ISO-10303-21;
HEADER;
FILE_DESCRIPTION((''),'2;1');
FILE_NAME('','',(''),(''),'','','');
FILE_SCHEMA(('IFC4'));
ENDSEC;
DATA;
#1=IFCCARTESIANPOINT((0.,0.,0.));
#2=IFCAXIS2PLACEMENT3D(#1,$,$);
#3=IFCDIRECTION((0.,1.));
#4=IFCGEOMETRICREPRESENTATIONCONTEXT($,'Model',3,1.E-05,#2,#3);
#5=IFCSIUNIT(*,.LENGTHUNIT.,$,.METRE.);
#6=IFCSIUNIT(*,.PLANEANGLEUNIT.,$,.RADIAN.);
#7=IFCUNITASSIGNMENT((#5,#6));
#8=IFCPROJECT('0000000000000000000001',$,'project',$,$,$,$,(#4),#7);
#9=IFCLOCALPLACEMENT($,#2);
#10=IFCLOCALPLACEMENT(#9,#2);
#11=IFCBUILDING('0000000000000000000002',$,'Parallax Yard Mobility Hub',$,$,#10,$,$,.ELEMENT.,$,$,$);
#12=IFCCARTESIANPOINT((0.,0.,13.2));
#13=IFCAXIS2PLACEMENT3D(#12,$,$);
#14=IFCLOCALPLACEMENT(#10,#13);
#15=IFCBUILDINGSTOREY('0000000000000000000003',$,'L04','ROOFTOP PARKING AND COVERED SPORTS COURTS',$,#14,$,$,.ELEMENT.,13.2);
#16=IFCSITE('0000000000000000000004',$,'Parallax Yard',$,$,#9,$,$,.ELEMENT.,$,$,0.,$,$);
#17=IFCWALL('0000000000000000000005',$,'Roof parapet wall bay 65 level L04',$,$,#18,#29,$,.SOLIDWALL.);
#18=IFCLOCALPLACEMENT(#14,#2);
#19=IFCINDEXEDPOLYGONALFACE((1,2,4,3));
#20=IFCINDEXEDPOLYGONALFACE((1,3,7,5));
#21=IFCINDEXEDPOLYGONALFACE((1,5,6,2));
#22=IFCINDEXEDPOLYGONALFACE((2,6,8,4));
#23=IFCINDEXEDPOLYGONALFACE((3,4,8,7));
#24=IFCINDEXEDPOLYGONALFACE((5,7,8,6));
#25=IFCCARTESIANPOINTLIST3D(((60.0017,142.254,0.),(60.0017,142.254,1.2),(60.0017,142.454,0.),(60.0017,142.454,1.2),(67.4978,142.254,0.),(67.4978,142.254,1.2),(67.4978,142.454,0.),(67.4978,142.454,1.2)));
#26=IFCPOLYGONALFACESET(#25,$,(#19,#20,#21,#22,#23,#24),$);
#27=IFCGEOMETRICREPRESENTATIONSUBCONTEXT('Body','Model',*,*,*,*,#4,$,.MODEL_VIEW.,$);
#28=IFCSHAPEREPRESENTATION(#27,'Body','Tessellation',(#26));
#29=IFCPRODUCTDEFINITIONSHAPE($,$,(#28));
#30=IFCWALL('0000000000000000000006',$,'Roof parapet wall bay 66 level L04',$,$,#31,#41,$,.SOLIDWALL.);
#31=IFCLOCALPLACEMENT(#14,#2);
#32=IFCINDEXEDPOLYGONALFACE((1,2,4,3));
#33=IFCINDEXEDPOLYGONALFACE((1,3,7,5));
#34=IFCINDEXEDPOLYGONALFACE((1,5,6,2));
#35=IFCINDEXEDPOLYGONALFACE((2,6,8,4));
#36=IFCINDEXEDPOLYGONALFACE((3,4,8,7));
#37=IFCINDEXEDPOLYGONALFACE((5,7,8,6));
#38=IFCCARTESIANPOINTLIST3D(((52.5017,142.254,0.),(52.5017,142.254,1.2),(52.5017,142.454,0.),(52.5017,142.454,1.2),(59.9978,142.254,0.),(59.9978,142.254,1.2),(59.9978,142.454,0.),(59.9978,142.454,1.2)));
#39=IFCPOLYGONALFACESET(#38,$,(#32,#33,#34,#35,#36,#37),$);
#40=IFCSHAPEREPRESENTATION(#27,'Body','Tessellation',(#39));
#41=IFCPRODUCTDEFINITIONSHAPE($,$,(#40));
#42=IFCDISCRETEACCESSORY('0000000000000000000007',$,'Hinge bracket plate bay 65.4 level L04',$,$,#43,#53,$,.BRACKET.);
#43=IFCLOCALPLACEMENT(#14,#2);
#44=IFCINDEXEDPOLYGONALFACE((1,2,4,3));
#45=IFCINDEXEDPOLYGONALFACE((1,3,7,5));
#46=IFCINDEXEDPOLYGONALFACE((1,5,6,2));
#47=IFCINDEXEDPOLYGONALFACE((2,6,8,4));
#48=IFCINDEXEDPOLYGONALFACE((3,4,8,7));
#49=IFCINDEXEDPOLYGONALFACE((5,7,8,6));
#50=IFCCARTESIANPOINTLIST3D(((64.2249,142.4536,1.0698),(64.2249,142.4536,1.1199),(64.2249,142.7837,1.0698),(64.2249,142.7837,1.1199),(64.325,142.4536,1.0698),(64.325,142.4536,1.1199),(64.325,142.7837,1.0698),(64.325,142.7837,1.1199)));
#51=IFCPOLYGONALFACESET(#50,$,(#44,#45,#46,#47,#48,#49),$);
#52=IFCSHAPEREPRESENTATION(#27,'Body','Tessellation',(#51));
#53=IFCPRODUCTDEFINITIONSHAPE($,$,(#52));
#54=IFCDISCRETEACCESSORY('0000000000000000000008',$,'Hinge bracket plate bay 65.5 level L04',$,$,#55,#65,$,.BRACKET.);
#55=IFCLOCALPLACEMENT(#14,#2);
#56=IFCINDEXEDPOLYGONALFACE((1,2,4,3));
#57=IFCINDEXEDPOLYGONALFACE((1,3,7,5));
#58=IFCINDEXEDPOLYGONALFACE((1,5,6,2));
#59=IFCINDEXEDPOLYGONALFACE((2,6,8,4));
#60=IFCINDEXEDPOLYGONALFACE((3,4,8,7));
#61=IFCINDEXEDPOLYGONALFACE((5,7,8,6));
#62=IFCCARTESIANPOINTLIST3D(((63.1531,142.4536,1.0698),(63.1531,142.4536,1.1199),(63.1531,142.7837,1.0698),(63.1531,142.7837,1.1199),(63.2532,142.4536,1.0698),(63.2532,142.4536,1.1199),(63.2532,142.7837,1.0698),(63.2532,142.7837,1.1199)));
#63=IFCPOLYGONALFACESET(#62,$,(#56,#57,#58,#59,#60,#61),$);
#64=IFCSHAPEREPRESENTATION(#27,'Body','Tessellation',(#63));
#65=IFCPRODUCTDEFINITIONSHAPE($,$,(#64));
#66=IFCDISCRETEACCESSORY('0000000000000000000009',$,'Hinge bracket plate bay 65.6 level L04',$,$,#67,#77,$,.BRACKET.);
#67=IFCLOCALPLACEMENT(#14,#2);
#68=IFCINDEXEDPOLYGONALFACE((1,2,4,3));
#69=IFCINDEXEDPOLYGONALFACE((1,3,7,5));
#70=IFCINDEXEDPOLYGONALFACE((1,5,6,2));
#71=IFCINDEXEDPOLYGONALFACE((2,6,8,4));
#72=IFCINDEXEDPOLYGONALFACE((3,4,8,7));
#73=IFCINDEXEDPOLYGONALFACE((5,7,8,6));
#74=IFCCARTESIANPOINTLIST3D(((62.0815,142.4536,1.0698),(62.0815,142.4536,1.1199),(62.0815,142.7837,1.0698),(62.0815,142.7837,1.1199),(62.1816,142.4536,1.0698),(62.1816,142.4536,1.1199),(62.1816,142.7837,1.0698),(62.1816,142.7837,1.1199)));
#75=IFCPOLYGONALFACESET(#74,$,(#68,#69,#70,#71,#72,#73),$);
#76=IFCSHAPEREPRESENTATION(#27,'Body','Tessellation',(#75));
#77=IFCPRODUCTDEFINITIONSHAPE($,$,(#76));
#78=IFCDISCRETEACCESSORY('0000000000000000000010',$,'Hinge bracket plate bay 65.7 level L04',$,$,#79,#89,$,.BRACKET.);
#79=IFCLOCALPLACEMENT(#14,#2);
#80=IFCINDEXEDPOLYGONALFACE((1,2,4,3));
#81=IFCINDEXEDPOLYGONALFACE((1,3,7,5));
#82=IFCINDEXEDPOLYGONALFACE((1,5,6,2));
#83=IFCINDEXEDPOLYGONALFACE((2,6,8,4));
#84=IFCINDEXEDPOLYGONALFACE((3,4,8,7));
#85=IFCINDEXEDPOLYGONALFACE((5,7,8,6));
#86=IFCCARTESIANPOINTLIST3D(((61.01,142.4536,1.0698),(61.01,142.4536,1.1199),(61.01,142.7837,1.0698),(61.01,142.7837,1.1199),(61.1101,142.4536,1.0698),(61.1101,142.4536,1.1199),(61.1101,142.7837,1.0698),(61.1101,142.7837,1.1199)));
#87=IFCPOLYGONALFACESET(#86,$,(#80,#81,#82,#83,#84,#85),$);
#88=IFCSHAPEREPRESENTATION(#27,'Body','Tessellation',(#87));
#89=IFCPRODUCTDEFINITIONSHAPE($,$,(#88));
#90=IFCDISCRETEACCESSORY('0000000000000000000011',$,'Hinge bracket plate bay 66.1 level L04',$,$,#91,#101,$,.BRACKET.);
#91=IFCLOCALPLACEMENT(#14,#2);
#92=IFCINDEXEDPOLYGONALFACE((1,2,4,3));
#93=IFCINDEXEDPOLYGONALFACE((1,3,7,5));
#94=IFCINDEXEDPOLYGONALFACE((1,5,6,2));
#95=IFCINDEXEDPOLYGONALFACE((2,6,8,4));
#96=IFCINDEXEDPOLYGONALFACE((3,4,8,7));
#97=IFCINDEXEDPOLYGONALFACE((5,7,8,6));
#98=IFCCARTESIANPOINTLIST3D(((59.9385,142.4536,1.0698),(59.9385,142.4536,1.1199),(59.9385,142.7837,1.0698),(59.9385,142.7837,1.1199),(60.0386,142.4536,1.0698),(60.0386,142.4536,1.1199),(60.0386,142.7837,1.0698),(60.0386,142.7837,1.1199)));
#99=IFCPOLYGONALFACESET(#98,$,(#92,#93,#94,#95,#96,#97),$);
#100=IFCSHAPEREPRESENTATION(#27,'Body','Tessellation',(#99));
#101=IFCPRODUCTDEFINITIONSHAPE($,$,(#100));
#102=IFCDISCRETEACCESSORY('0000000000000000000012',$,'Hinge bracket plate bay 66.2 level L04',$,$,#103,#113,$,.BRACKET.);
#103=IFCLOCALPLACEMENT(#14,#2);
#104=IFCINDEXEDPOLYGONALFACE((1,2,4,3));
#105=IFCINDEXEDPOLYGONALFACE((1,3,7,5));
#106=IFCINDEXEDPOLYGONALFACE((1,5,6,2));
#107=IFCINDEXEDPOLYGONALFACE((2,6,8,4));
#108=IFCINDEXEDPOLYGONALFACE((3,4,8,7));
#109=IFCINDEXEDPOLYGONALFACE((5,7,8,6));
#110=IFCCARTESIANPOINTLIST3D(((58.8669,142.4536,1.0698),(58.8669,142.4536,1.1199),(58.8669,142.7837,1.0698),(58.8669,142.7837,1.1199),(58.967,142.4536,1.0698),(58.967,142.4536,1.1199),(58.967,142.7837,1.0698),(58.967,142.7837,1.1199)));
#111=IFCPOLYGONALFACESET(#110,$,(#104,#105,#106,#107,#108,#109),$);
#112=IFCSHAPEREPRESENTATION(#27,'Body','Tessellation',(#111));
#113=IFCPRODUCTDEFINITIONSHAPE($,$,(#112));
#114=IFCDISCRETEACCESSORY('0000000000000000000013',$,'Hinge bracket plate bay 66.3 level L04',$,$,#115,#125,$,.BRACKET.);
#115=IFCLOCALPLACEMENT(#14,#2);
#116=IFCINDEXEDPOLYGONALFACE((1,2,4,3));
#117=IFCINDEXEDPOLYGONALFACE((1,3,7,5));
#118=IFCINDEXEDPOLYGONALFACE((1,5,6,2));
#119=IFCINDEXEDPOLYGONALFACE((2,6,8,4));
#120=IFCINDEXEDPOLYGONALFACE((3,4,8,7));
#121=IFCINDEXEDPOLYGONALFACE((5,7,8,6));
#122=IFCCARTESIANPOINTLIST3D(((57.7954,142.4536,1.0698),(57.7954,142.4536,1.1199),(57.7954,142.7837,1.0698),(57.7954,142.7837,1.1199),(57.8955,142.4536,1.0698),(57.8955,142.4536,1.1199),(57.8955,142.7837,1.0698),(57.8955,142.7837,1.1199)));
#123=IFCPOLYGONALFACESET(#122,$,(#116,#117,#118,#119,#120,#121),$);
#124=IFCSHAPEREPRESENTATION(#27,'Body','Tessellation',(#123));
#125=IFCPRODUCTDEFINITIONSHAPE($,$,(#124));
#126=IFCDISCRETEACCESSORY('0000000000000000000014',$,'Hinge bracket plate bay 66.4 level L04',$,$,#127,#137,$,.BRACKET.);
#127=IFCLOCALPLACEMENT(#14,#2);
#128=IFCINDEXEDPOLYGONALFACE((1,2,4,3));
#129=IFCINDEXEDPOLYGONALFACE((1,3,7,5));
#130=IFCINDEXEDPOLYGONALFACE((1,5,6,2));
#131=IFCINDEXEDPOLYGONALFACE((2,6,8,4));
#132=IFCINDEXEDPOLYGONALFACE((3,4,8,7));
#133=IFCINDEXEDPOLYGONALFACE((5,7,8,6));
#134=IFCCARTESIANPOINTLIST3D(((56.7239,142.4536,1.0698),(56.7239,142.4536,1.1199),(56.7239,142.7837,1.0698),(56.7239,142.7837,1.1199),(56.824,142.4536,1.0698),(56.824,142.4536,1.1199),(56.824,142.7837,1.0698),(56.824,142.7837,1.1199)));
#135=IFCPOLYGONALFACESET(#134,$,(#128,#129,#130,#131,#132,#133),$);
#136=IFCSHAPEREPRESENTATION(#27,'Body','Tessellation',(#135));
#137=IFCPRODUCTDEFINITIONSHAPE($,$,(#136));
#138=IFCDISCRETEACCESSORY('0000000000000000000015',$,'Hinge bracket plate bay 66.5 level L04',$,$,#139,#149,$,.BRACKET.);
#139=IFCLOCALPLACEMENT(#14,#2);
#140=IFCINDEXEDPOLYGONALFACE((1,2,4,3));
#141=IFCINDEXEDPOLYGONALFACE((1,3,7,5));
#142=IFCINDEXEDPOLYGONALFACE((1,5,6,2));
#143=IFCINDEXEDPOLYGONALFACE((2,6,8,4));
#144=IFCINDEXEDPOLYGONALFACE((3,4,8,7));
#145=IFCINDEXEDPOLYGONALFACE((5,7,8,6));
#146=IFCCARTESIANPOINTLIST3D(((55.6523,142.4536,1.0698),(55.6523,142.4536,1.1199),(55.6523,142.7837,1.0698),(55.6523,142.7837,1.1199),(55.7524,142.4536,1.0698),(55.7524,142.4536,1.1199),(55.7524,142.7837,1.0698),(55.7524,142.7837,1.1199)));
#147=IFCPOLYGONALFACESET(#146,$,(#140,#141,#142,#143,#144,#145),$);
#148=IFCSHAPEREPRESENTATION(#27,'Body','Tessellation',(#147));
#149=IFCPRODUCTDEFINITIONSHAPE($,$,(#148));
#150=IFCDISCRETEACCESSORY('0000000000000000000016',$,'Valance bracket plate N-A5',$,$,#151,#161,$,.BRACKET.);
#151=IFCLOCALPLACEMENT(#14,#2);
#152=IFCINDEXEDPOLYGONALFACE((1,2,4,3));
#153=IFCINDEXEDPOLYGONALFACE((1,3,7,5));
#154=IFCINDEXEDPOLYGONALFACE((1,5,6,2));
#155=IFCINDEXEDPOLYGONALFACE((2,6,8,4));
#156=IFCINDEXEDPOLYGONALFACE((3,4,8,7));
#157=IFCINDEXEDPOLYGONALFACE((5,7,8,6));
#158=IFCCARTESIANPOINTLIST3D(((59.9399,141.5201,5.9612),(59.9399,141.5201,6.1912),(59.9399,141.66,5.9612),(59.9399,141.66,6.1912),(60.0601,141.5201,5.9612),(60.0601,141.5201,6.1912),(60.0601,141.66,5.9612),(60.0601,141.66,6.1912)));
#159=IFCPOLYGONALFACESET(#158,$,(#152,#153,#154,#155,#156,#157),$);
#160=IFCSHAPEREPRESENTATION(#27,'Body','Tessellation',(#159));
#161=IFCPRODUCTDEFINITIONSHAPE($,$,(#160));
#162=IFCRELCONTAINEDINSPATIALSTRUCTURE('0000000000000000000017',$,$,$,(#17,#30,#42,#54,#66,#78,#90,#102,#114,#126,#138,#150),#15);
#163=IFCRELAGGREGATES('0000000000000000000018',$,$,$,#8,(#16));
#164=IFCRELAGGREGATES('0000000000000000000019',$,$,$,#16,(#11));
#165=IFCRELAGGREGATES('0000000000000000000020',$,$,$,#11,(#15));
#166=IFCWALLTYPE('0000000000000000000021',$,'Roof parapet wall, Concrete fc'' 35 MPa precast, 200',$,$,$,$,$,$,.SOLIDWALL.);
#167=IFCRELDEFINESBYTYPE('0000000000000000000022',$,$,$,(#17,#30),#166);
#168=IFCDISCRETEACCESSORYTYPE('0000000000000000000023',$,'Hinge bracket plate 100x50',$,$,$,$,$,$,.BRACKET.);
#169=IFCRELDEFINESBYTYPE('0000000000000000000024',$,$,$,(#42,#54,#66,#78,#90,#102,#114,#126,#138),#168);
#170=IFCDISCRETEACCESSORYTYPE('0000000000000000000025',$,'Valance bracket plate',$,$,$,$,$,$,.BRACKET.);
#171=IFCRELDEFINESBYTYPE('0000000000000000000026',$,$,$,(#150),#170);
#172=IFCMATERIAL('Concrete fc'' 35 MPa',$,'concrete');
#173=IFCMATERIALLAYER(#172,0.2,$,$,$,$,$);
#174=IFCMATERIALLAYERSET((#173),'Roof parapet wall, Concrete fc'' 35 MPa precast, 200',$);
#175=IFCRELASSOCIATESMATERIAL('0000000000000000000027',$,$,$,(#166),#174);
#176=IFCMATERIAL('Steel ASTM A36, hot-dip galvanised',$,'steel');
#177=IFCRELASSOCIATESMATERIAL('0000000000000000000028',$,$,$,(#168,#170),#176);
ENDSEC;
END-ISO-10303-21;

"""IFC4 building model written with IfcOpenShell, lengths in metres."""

from ifc_helpers import new_model, si_unit, direction, frame, frame_2d, origin, origin_2d, place, context, subcontext, project, spatial, rectangle, extrude, material, layer, layer_set, type_object, element, save


model = new_model("IFC4")

# Units and contexts
model_context = context("Model", 3, precision=1e-05, world=origin(), true_north=direction((0.0, 1.0)))
body_context = subcontext(model_context, "Body", "Model", "MODEL_VIEW")
ifc_project = project(units=[si_unit("LENGTHUNIT", "METRE"), si_unit("PLANEANGLEUNIT", "RADIAN")], contexts=[model_context])

# Site, building, storey
site_placement = place(None, origin())
site = spatial("IfcSite", under=ifc_project, at=site_placement, Name="Parallax Yard", CompositionType="ELEMENT", RefElevation=0.0)
building_placement = place(site_placement, origin())
building = spatial("IfcBuilding", under=site, at=building_placement, Name="Parallax Yard Mobility Hub", CompositionType="ELEMENT")
storey_placement = place(building_placement, frame((0.0, 0.0, 13.2)))
storey = spatial("IfcBuildingStorey", under=building, at=storey_placement, Name="L04", Description="ROOFTOP PARKING AND COVERED SPORTS COURTS", CompositionType="ELEMENT", Elevation=13.2)

# Shared definitions
ifc_material_1 = material(Name="Concrete fc' 35 MPa", Category="concrete")

# Walls
ifc_layer_1 = layer(ifc_material_1, 0.2)
ifc_layer_set_1 = layer_set([ifc_layer_1], Name="Roof parapet wall, Concrete fc' 35 MPa precast, 200")
wall_type_1 = type_object("IfcWallType", Name="Roof parapet wall, Concrete fc' 35 MPa precast, 200", PredefinedType="SOLIDWALL", material=ifc_layer_set_1)
for number, where, z_axis, x_axis, name in (
    (1, (67.4978, 142.354, 0.0), (0.0, 0.0, 1.0), (-1.0, 0.0, 0.0), "Roof parapet wall bay 65 level L04"),
    (2, (59.9978, 142.354, 0.0), (0.0, 0.0, 1.0), (-1.0, 0.0, 0.0), "Roof parapet wall bay 66 level L04"),
):
    element("IfcWall", number, at=place(storey_placement, frame(where, z_axis=z_axis, x_axis=x_axis)), inside=storey, type_object=wall_type_1, Name=name, PredefinedType="SOLIDWALL", context=body_context, shape_type="SweptSolid", body=[
        extrude(rectangle(XDim=7.4961, YDim=0.2, at=frame_2d((3.748, 0.0))), origin(), (0.0, 0.0, 1.0), 1.2),
    ])

# Discrete accessories
ifc_material_2 = material(Name="Steel ASTM A36, hot-dip galvanised", Category="steel")
discrete_accessory_type_1 = type_object("IfcDiscreteAccessoryType", Name="Hinge bracket plate 100x50", PredefinedType="BRACKET", material=ifc_material_2)
for number, where, z_axis, x_axis, name in (
    (3, (64.2749, 142.6187, 1.0698), (0.0, 0.0, 1.0), (0.0, 1.0, 0.0), "Hinge bracket plate bay 65.4 level L04"),
    (4, (63.2031, 142.6187, 1.0698), (0.0, 0.0, 1.0), (0.0, 1.0, 0.0), "Hinge bracket plate bay 65.5 level L04"),
    (5, (62.1316, 142.6187, 1.0698), (0.0, 0.0, 1.0), (0.0, 1.0, 0.0), "Hinge bracket plate bay 65.6 level L04"),
    (6, (61.0601, 142.6187, 1.0698), (0.0, 0.0, 1.0), (0.0, 1.0, 0.0), "Hinge bracket plate bay 65.7 level L04"),
    (7, (59.9885, 142.6187, 1.0698), (0.0, 0.0, 1.0), (0.0, 1.0, 0.0), "Hinge bracket plate bay 66.1 level L04"),
    (8, (58.917, 142.6187, 1.0698), (0.0, 0.0, 1.0), (0.0, 1.0, 0.0), "Hinge bracket plate bay 66.2 level L04"),
    (9, (57.8455, 142.6187, 1.0698), (0.0, 0.0, 1.0), (0.0, 1.0, 0.0), "Hinge bracket plate bay 66.3 level L04"),
    (10, (56.7739, 142.6187, 1.0698), (0.0, 0.0, 1.0), (0.0, 1.0, 0.0), "Hinge bracket plate bay 66.4 level L04"),
    (11, (55.7024, 142.6187, 1.0698), (0.0, 0.0, 1.0), (0.0, 1.0, 0.0), "Hinge bracket plate bay 66.5 level L04"),
):
    element("IfcDiscreteAccessory", number, at=place(storey_placement, frame(where, z_axis=z_axis, x_axis=x_axis)), inside=storey, type_object=discrete_accessory_type_1, Name=name, PredefinedType="BRACKET", context=body_context, shape_type="SweptSolid", body=[
        extrude(rectangle(XDim=0.3301, YDim=0.1001, at=origin_2d()), origin(), (0.0, 0.0, 1.0), 0.05),
    ])
discrete_accessory_type_2 = type_object("IfcDiscreteAccessoryType", Name="Valance bracket plate", PredefinedType="BRACKET", material=ifc_material_2)
discrete_accessory_placement = place(storey_placement, frame((60.0, 141.5901, 5.9612), z_axis=(0.0, 0.0, 1.0), x_axis=(0.0, 1.0, 0.0)))
element("IfcDiscreteAccessory", 12, at=discrete_accessory_placement, inside=storey, type_object=discrete_accessory_type_2, Name="Valance bracket plate N-A5", PredefinedType="BRACKET", context=body_context, shape_type="SweptSolid", body=[
    extrude(rectangle(XDim=0.1399, YDim=0.1201, at=origin_2d()), origin(), (0.0, 0.0, 1.0), 0.23),
])

save(model, "model.ifc")
